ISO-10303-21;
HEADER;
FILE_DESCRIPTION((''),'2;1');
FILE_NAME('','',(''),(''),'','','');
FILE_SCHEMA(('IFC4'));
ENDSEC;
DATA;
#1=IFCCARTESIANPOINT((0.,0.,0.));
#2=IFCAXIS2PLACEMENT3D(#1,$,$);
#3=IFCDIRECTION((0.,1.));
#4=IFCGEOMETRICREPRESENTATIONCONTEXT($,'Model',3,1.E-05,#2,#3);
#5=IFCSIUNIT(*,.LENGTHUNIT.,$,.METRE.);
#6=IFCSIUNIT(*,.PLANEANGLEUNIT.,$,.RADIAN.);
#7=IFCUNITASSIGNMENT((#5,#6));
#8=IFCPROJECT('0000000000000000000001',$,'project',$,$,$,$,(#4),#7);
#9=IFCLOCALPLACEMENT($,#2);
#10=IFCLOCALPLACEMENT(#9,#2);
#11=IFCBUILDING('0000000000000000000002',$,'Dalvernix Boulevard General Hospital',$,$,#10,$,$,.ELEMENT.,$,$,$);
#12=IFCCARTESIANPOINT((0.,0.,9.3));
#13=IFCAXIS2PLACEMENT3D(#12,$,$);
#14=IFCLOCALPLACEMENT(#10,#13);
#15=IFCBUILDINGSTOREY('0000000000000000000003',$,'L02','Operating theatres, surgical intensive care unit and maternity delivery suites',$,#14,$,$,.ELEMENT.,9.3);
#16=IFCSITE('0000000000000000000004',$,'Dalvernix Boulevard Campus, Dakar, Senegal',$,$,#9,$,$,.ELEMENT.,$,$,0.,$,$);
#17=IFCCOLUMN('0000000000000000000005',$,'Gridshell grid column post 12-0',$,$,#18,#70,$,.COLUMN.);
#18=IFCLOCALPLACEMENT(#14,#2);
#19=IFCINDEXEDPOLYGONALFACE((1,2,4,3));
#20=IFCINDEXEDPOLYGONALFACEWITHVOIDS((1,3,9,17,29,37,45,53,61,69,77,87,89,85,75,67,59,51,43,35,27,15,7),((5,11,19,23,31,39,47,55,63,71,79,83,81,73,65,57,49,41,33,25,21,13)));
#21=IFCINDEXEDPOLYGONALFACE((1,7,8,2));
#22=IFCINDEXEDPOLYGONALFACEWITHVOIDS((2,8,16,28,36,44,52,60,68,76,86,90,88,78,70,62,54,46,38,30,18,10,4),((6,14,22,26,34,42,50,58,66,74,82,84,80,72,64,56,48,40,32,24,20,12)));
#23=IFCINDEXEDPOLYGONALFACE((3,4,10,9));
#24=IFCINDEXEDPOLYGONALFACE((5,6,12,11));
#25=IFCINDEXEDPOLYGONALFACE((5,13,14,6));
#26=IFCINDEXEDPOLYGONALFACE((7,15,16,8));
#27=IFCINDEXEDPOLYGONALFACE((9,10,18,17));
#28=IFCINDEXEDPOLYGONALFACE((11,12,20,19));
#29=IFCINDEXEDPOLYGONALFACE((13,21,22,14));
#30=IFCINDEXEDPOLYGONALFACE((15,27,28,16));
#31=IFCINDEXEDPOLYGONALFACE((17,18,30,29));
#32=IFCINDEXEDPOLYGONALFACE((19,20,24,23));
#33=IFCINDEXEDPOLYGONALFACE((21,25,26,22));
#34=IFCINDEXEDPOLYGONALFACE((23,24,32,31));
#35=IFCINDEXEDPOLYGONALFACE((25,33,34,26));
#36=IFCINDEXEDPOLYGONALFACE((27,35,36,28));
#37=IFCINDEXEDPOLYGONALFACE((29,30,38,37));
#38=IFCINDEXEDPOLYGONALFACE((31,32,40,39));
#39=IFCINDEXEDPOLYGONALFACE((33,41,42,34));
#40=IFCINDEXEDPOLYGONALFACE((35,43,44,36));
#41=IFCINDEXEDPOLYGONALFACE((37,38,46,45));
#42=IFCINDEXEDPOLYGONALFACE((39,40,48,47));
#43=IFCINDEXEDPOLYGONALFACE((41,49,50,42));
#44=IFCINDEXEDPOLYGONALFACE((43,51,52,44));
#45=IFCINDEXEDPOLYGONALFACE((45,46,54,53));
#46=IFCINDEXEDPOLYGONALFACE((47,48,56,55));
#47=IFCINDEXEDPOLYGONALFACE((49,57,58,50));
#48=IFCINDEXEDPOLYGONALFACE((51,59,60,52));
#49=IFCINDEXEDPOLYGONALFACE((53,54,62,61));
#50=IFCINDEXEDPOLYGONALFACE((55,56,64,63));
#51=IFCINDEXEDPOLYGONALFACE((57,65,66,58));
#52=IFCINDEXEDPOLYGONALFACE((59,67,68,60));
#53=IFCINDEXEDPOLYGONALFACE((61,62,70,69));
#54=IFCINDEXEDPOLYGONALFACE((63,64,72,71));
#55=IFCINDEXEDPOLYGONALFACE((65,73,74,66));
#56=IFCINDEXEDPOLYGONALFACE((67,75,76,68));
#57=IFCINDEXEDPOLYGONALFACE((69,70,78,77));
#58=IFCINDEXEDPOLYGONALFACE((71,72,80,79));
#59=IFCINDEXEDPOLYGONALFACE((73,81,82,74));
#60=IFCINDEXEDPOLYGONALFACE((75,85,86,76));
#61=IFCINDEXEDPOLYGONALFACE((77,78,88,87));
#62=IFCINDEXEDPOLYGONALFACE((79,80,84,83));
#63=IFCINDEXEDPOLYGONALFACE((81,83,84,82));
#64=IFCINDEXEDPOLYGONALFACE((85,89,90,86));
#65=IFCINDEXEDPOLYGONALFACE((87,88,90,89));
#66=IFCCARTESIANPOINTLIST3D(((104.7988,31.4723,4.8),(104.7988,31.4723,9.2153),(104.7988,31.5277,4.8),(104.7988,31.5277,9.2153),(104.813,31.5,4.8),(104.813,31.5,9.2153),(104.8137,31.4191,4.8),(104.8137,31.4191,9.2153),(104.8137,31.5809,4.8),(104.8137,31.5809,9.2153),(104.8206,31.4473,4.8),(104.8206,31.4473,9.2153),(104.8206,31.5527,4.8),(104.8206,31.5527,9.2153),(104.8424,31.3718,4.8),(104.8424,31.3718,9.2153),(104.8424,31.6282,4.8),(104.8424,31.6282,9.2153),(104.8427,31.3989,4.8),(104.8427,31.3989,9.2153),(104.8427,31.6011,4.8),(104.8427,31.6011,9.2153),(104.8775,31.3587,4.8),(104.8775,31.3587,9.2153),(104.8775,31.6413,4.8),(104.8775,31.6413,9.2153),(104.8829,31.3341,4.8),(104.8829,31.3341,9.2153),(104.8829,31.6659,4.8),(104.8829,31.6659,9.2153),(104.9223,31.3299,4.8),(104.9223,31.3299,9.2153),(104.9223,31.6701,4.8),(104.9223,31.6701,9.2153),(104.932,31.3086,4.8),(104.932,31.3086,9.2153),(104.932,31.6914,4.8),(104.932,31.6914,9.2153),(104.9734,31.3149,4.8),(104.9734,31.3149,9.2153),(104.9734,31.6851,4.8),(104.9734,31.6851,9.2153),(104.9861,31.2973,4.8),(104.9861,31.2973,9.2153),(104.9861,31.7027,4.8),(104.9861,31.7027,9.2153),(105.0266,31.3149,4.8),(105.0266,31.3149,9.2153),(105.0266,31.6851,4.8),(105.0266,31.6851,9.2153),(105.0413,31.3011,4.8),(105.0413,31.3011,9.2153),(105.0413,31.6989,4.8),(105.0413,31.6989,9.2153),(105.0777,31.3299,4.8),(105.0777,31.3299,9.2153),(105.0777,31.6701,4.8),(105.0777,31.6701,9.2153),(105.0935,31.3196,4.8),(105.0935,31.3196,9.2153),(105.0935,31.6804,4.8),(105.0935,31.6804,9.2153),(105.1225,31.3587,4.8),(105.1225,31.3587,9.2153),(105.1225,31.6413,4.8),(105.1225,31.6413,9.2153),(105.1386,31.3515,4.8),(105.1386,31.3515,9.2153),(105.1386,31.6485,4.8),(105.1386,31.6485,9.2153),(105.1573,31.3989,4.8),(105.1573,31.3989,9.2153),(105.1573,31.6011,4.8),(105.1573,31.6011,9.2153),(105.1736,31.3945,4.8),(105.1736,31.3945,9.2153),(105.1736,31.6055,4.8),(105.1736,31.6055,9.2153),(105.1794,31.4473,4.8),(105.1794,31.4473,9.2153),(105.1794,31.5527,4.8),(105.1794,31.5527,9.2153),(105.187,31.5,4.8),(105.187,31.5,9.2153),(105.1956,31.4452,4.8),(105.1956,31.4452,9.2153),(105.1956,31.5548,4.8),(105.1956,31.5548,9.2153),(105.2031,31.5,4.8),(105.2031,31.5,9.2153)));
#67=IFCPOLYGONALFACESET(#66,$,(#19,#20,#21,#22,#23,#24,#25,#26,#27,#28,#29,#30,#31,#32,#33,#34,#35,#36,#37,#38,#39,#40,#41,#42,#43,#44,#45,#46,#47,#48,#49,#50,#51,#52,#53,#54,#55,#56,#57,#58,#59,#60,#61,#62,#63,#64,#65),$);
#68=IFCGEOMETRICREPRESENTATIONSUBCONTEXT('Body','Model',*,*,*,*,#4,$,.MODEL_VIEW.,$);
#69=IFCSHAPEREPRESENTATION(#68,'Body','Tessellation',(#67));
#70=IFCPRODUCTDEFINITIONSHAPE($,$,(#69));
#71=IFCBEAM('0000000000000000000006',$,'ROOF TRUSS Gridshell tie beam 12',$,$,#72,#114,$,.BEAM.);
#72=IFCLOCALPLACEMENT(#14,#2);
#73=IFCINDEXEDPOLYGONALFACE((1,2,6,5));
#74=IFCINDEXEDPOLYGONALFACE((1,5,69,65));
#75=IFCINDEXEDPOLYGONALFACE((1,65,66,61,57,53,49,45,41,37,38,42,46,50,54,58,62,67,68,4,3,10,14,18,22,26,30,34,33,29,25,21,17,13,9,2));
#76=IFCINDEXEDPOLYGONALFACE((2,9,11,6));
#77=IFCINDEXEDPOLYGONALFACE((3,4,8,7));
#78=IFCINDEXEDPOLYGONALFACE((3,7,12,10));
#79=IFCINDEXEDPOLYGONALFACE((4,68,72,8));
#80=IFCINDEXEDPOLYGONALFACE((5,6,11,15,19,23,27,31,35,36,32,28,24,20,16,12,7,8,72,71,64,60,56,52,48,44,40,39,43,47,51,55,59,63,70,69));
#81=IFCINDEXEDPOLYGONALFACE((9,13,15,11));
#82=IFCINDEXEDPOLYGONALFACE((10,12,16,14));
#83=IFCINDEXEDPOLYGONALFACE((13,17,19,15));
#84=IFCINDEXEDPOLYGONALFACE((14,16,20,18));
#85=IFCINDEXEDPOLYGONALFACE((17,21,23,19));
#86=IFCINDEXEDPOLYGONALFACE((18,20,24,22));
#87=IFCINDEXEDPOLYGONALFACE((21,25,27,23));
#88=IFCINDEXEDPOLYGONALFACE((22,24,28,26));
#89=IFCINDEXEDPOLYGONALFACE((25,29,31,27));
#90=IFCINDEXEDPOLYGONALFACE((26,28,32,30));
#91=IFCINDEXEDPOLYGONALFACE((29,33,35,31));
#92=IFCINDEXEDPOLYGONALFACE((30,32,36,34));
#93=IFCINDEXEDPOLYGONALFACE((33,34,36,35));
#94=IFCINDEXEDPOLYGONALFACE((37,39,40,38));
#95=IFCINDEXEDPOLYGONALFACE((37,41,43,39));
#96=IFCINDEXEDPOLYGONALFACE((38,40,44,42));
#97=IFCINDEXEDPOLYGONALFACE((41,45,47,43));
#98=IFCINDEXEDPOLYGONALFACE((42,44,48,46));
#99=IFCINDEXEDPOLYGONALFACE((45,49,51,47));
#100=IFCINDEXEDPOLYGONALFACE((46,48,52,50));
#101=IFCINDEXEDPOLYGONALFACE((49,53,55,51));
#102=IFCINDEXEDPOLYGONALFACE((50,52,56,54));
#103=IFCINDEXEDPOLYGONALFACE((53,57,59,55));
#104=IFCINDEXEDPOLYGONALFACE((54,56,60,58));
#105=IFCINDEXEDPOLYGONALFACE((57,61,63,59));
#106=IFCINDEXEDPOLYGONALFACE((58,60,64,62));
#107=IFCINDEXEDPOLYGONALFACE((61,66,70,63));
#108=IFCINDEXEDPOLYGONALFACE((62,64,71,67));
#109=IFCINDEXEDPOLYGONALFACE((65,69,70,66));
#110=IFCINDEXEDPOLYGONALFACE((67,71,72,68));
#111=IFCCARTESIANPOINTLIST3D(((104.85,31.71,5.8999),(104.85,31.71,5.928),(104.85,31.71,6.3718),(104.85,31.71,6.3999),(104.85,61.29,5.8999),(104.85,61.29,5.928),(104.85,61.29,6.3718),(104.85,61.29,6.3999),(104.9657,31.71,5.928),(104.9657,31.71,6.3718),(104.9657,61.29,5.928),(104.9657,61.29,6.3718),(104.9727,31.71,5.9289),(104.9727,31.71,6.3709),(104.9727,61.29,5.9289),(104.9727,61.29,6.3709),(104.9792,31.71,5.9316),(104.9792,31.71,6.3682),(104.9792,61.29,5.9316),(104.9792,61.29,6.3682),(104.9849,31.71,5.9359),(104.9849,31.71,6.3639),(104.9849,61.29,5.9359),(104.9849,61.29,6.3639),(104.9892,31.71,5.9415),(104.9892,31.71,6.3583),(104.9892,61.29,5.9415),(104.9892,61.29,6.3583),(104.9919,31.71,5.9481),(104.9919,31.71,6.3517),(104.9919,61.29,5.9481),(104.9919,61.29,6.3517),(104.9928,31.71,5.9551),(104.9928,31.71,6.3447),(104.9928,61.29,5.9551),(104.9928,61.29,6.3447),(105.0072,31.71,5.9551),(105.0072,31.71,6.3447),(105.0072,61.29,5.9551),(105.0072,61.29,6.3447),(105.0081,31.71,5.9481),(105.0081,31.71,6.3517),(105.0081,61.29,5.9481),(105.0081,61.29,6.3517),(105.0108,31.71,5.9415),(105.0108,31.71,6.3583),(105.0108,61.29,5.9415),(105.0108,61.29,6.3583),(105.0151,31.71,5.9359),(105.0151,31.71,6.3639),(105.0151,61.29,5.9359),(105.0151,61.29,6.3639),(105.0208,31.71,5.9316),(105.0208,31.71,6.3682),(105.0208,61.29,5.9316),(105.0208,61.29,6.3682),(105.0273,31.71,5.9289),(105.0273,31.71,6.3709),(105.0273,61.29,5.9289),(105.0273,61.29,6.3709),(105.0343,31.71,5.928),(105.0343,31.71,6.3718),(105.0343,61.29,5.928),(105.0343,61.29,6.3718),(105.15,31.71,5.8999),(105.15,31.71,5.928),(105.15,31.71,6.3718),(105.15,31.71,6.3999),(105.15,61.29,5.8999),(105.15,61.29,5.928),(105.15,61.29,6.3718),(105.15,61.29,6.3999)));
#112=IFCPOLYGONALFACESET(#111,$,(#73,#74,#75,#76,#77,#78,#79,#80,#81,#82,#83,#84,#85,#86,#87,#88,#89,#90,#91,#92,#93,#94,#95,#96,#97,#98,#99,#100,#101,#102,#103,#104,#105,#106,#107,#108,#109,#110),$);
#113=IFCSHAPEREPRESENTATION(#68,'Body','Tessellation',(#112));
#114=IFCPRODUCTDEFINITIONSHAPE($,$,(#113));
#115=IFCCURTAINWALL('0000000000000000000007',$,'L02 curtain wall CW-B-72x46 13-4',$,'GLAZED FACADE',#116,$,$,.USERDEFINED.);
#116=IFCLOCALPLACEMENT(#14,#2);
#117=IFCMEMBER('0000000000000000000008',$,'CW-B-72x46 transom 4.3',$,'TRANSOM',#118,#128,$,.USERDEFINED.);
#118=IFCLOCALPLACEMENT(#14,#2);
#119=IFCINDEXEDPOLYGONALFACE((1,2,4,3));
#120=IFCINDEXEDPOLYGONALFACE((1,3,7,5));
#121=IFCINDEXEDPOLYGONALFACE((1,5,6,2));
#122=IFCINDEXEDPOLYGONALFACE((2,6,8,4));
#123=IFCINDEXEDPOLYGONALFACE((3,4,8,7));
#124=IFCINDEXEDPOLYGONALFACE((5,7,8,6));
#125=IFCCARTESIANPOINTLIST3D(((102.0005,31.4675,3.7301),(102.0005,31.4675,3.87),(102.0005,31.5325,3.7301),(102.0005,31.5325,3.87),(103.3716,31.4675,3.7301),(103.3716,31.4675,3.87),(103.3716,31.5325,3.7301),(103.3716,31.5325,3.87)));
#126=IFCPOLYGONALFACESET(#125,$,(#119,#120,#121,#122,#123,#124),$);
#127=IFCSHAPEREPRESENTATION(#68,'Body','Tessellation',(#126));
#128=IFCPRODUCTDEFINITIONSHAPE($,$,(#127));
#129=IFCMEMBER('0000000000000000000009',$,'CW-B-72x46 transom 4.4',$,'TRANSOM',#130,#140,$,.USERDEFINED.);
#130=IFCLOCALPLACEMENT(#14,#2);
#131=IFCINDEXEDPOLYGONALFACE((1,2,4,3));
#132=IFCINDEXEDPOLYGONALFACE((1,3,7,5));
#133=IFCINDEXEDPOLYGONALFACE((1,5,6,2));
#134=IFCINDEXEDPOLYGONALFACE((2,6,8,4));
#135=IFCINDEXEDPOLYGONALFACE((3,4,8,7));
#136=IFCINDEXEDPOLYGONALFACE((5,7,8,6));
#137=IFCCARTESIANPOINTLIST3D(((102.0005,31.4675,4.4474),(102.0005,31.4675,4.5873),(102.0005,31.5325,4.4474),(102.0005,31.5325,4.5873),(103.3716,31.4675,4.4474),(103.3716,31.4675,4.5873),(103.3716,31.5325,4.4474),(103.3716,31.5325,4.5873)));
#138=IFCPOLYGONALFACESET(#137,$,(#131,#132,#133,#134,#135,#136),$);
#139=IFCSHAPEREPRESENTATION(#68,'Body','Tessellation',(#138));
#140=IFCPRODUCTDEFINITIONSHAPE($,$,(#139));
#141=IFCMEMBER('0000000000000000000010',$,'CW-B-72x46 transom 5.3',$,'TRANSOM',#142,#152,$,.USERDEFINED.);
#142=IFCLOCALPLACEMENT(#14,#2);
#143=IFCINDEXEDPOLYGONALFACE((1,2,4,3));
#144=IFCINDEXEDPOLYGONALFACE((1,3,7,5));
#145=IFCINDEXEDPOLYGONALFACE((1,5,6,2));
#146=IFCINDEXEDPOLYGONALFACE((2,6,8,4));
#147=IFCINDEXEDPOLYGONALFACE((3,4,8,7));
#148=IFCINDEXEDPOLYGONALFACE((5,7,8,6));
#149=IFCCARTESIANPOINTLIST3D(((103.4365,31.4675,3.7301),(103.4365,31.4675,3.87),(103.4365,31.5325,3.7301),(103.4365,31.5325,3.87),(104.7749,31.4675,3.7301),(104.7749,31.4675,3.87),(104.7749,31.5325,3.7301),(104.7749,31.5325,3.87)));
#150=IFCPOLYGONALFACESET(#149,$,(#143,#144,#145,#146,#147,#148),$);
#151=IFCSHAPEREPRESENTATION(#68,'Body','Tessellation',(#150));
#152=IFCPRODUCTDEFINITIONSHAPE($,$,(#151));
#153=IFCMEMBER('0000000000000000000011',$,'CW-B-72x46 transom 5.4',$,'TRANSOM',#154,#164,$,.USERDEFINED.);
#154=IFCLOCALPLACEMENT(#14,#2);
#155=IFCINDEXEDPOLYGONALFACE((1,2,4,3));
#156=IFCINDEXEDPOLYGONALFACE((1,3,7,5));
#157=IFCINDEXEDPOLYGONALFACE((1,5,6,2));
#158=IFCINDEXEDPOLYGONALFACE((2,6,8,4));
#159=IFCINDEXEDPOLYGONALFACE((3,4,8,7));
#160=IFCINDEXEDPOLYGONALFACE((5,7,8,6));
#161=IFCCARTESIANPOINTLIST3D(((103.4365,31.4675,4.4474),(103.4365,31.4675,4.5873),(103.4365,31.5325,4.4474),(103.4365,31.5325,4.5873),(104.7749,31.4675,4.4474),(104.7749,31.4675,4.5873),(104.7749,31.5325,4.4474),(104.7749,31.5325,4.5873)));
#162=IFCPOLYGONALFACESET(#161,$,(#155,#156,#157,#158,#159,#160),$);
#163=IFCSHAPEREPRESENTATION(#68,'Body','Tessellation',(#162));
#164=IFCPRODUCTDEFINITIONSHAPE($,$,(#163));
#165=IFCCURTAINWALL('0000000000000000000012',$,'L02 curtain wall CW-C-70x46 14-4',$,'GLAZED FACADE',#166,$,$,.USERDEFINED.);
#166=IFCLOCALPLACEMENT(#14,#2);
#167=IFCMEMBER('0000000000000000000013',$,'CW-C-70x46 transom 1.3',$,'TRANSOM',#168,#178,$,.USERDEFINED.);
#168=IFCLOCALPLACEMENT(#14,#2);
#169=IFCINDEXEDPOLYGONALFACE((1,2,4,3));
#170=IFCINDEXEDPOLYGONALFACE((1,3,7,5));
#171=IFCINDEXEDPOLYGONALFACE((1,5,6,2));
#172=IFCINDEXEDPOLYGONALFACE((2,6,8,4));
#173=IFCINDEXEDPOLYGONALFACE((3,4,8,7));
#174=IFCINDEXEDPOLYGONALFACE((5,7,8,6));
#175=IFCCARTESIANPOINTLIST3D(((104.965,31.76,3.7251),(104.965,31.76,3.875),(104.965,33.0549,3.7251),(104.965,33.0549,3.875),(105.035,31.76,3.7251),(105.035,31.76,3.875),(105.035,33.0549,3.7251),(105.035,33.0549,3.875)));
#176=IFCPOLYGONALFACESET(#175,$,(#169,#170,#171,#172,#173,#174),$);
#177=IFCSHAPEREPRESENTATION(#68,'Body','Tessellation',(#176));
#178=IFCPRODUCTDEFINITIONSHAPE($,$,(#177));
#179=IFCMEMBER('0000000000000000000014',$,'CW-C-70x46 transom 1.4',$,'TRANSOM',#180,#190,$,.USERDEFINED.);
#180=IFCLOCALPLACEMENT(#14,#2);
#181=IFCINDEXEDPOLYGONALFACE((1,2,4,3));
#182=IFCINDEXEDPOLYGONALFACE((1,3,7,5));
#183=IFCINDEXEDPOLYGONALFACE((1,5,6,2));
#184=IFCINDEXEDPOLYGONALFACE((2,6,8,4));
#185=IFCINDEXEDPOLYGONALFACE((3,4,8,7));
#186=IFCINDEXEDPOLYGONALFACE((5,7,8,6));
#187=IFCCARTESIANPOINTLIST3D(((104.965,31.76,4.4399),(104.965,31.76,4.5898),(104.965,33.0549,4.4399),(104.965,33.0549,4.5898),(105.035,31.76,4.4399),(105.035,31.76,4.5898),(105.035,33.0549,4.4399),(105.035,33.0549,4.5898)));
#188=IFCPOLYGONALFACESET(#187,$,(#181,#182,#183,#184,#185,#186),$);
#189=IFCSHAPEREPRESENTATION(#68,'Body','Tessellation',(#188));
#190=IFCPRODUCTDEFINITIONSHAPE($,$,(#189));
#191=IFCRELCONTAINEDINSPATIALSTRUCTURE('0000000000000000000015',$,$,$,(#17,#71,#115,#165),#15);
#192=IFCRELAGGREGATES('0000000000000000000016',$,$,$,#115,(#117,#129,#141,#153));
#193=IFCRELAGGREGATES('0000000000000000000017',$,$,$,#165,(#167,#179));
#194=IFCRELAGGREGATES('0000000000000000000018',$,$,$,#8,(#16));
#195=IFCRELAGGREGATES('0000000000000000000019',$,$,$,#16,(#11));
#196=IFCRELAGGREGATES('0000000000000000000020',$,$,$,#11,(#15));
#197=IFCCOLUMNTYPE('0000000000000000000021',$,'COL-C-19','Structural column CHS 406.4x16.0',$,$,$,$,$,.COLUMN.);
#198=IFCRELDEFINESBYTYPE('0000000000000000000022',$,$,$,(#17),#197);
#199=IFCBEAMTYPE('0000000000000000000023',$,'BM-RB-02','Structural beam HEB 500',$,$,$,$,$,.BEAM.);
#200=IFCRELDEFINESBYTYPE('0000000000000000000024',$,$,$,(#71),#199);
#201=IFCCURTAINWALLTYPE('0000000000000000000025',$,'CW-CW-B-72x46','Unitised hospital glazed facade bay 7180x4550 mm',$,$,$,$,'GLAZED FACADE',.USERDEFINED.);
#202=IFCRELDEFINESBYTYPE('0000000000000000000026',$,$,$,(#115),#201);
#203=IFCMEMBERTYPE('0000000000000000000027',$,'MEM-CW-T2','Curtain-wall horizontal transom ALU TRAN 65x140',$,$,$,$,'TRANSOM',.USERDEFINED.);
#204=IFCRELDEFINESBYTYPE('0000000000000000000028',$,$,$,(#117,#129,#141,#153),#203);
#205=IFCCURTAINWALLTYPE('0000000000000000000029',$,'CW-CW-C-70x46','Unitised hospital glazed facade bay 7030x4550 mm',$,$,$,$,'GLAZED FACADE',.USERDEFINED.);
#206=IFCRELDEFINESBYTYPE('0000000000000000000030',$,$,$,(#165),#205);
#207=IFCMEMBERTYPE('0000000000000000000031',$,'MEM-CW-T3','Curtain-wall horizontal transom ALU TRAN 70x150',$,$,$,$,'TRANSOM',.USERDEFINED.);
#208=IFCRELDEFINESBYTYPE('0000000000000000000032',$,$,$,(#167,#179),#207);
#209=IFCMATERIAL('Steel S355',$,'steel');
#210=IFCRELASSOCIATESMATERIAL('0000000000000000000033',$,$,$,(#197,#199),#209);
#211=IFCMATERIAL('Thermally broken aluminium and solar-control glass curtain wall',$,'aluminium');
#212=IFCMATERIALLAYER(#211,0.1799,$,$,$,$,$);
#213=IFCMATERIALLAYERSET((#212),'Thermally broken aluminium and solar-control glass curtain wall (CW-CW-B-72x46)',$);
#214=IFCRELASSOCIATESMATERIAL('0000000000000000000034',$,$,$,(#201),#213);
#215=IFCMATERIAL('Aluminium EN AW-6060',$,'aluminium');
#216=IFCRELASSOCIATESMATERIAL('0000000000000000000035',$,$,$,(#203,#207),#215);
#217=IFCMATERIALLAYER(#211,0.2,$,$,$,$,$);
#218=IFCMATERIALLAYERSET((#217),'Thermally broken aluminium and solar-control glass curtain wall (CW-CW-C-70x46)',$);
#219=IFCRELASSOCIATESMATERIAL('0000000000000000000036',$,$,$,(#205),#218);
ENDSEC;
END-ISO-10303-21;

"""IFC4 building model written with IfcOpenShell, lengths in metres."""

from ifc_helpers import new_model, si_unit, direction, frame, origin, origin_2d, place, context, subcontext, project, spatial, rectangle, hollow_circle, i_section, extrude, material, layer, layer_set, material_profile, profile_set, type_object, element, aggregate, save


model = new_model("IFC4")

# Units and contexts
model_context = context("Model", 3, precision=1e-05, world=origin(), true_north=direction((0.0, 1.0)))
body_context = subcontext(model_context, "Body", "Model", "MODEL_VIEW")
ifc_project = project(units=[si_unit("LENGTHUNIT", "METRE"), si_unit("PLANEANGLEUNIT", "RADIAN")], contexts=[model_context])

# Site, building, storey
site_placement = place(None, origin())
site = spatial("IfcSite", under=ifc_project, at=site_placement, Name="Dalvernix Boulevard Campus, Dakar, Senegal", CompositionType="ELEMENT", RefElevation=0.0)
building_placement = place(site_placement, origin())
building = spatial("IfcBuilding", under=site, at=building_placement, Name="Dalvernix Boulevard General Hospital", CompositionType="ELEMENT")
storey_placement = place(building_placement, frame((0.0, 0.0, 9.3)))
storey = spatial("IfcBuildingStorey", under=building, at=storey_placement, Name="L02", Description="Operating theatres, surgical intensive care unit and maternity delivery suites", CompositionType="ELEMENT", Elevation=9.3)

# Column
ifc_material_1 = material(Name="Steel S355", Category="steel")
ifc_material_profile_1 = material_profile(ifc_material_1, hollow_circle(Radius=0.2031, WallThickness=0.0161, at=origin_2d()), Name="CHS 406.4x16.0")
ifc_profile_set_1 = profile_set([ifc_material_profile_1], Name="Steel S355")
column_type = type_object("IfcColumnType", Name="COL-C-19", Description="Structural column CHS 406.4x16.0", PredefinedType="COLUMN", material=ifc_profile_set_1)
column_placement = place(storey_placement, frame((105.0, 31.5, 4.8), z_axis=(0.0, 0.0, 1.0), x_axis=(1.0, 0.0, 0.0)))
element("IfcColumn", 1, at=column_placement, inside=storey, type_object=column_type, Name="Gridshell grid column post 12-0", PredefinedType="COLUMN", context=body_context, shape_type="SweptSolid", body=[
    extrude(hollow_circle(Radius=0.2031, WallThickness=0.0161, at=origin_2d()), origin(), (0.0, 0.0, 1.0), 4.4153),
])

# Beam
ifc_material_profile_2 = material_profile(ifc_material_1, i_section(OverallWidth=0.3, OverallDepth=0.5, WebThickness=0.0144, FlangeThickness=0.0281, FilletRadius=0.0271, at=origin_2d()), Name="HEB 500")
ifc_profile_set_2 = profile_set([ifc_material_profile_2], Name="Steel S355")
beam_type = type_object("IfcBeamType", Name="BM-RB-02", Description="Structural beam HEB 500", PredefinedType="BEAM", material=ifc_profile_set_2)
beam_placement = place(storey_placement, frame((105.0, 31.71, 6.1499), z_axis=(0.0, 1.0, 0.0), x_axis=(-1.0, 0.0, 0.0)))
element("IfcBeam", 2, at=beam_placement, inside=storey, type_object=beam_type, Name="ROOF TRUSS Gridshell tie beam 12", PredefinedType="BEAM", context=body_context, shape_type="SweptSolid", body=[
    extrude(i_section(OverallWidth=0.3, OverallDepth=0.5, WebThickness=0.0144, FlangeThickness=0.0281, FilletRadius=0.0271, at=origin_2d()), origin(), (0.0, 0.0, 1.0), 29.5801),
])

# Curtain walls, members
ifc_material_2 = material(Name="Thermally broken aluminium and solar-control glass curtain wall", Category="aluminium")
ifc_layer_1 = layer(ifc_material_2, 0.1799)
ifc_layer_set_1 = layer_set([ifc_layer_1], Name="Thermally broken aluminium and solar-control glass curtain wall (CW-CW-B-72x46)")
curtain_wall_type_1 = type_object("IfcCurtainWallType", Name="CW-CW-B-72x46", Description="Unitised hospital glazed facade bay 7180x4550 mm", ElementType="GLAZED FACADE", PredefinedType="USERDEFINED", material=ifc_layer_set_1)
curtain_wall_1_placement = place(storey_placement, origin())
curtain_wall_1 = element("IfcCurtainWall", 3, at=curtain_wall_1_placement, inside=storey, type_object=curtain_wall_type_1, Name="L02 curtain wall CW-B-72x46 13-4", ObjectType="GLAZED FACADE", PredefinedType="USERDEFINED")
ifc_material_3 = material(Name="Aluminium EN AW-6060", Category="aluminium")
ifc_material_profile_3 = material_profile(ifc_material_3, rectangle(XDim=0.0649, YDim=0.1399, at=origin_2d()), Name="ALU TRAN 65x140")
ifc_profile_set_3 = profile_set([ifc_material_profile_3], Name="Aluminium EN AW-6060")
member_type_1 = type_object("IfcMemberType", Name="MEM-CW-T2", Description="Curtain-wall horizontal transom ALU TRAN 65x140", ElementType="TRANSOM", PredefinedType="USERDEFINED", material=ifc_profile_set_3)
member_1_placement = place(storey_placement, frame((102.0005, 31.5, 3.8), z_axis=(1.0, 0.0, 0.0), x_axis=(0.0, 1.0, 0.0)))
member_1 = element("IfcMember", 4, at=member_1_placement, type_object=member_type_1, Name="CW-B-72x46 transom 4.3", ObjectType="TRANSOM", PredefinedType="USERDEFINED", context=body_context, shape_type="SweptSolid", body=[
    extrude(rectangle(XDim=0.0649, YDim=0.1399, at=origin_2d()), origin(), (0.0, 0.0, 1.0), 1.3711),
])
member_2_placement = place(storey_placement, frame((102.0005, 31.5, 4.5173), z_axis=(1.0, 0.0, 0.0), x_axis=(0.0, 1.0, 0.0)))
member_2 = element("IfcMember", 5, at=member_2_placement, type_object=member_type_1, Name="CW-B-72x46 transom 4.4", ObjectType="TRANSOM", PredefinedType="USERDEFINED", context=body_context, shape_type="SweptSolid", body=[
    extrude(rectangle(XDim=0.0649, YDim=0.1399, at=origin_2d()), origin(), (0.0, 0.0, 1.0), 1.3711),
])
member_3_placement = place(storey_placement, frame((103.4365, 31.5, 3.8), z_axis=(1.0, 0.0, 0.0), x_axis=(0.0, 1.0, 0.0)))
member_3 = element("IfcMember", 6, at=member_3_placement, type_object=member_type_1, Name="CW-B-72x46 transom 5.3", ObjectType="TRANSOM", PredefinedType="USERDEFINED", context=body_context, shape_type="SweptSolid", body=[
    extrude(rectangle(XDim=0.0649, YDim=0.1399, at=origin_2d()), origin(), (0.0, 0.0, 1.0), 1.3384),
])
member_4_placement = place(storey_placement, frame((103.4365, 31.5, 4.5173), z_axis=(1.0, 0.0, 0.0), x_axis=(0.0, 1.0, 0.0)))
member_4 = element("IfcMember", 7, at=member_4_placement, type_object=member_type_1, Name="CW-B-72x46 transom 5.4", ObjectType="TRANSOM", PredefinedType="USERDEFINED", context=body_context, shape_type="SweptSolid", body=[
    extrude(rectangle(XDim=0.0649, YDim=0.1399, at=origin_2d()), origin(), (0.0, 0.0, 1.0), 1.3384),
])
ifc_layer_2 = layer(ifc_material_2, 0.2)
ifc_layer_set_2 = layer_set([ifc_layer_2], Name="Thermally broken aluminium and solar-control glass curtain wall (CW-CW-C-70x46)")
curtain_wall_type_2 = type_object("IfcCurtainWallType", Name="CW-CW-C-70x46", Description="Unitised hospital glazed facade bay 7030x4550 mm", ElementType="GLAZED FACADE", PredefinedType="USERDEFINED", material=ifc_layer_set_2)
curtain_wall_2_placement = place(storey_placement, origin())
curtain_wall_2 = element("IfcCurtainWall", 8, at=curtain_wall_2_placement, inside=storey, type_object=curtain_wall_type_2, Name="L02 curtain wall CW-C-70x46 14-4", ObjectType="GLAZED FACADE", PredefinedType="USERDEFINED")
ifc_material_profile_4 = material_profile(ifc_material_3, rectangle(XDim=0.0701, YDim=0.1499, at=origin_2d()), Name="ALU TRAN 70x150")
ifc_profile_set_4 = profile_set([ifc_material_profile_4], Name="Aluminium EN AW-6060")
member_type_2 = type_object("IfcMemberType", Name="MEM-CW-T3", Description="Curtain-wall horizontal transom ALU TRAN 70x150", ElementType="TRANSOM", PredefinedType="USERDEFINED", material=ifc_profile_set_4)
member_5_placement = place(storey_placement, frame((105.0, 31.76, 3.8), z_axis=(0.0, 1.0, 0.0), x_axis=(-1.0, 0.0, 0.0)))
member_5 = element("IfcMember", 9, at=member_5_placement, type_object=member_type_2, Name="CW-C-70x46 transom 1.3", ObjectType="TRANSOM", PredefinedType="USERDEFINED", context=body_context, shape_type="SweptSolid", body=[
    extrude(rectangle(XDim=0.0701, YDim=0.1499, at=origin_2d()), origin(), (0.0, 0.0, 1.0), 1.2949),
])
member_6_placement = place(storey_placement, frame((105.0, 31.76, 4.5149), z_axis=(0.0, 1.0, 0.0), x_axis=(-1.0, 0.0, 0.0)))
member_6 = element("IfcMember", 10, at=member_6_placement, type_object=member_type_2, Name="CW-C-70x46 transom 1.4", ObjectType="TRANSOM", PredefinedType="USERDEFINED", context=body_context, shape_type="SweptSolid", body=[
    extrude(rectangle(XDim=0.0701, YDim=0.1499, at=origin_2d()), origin(), (0.0, 0.0, 1.0), 1.2949),
])

aggregate(curtain_wall_1, [member_1, member_2, member_3, member_4])
aggregate(curtain_wall_2, [member_5, member_6])

save(model, "model.ifc")
